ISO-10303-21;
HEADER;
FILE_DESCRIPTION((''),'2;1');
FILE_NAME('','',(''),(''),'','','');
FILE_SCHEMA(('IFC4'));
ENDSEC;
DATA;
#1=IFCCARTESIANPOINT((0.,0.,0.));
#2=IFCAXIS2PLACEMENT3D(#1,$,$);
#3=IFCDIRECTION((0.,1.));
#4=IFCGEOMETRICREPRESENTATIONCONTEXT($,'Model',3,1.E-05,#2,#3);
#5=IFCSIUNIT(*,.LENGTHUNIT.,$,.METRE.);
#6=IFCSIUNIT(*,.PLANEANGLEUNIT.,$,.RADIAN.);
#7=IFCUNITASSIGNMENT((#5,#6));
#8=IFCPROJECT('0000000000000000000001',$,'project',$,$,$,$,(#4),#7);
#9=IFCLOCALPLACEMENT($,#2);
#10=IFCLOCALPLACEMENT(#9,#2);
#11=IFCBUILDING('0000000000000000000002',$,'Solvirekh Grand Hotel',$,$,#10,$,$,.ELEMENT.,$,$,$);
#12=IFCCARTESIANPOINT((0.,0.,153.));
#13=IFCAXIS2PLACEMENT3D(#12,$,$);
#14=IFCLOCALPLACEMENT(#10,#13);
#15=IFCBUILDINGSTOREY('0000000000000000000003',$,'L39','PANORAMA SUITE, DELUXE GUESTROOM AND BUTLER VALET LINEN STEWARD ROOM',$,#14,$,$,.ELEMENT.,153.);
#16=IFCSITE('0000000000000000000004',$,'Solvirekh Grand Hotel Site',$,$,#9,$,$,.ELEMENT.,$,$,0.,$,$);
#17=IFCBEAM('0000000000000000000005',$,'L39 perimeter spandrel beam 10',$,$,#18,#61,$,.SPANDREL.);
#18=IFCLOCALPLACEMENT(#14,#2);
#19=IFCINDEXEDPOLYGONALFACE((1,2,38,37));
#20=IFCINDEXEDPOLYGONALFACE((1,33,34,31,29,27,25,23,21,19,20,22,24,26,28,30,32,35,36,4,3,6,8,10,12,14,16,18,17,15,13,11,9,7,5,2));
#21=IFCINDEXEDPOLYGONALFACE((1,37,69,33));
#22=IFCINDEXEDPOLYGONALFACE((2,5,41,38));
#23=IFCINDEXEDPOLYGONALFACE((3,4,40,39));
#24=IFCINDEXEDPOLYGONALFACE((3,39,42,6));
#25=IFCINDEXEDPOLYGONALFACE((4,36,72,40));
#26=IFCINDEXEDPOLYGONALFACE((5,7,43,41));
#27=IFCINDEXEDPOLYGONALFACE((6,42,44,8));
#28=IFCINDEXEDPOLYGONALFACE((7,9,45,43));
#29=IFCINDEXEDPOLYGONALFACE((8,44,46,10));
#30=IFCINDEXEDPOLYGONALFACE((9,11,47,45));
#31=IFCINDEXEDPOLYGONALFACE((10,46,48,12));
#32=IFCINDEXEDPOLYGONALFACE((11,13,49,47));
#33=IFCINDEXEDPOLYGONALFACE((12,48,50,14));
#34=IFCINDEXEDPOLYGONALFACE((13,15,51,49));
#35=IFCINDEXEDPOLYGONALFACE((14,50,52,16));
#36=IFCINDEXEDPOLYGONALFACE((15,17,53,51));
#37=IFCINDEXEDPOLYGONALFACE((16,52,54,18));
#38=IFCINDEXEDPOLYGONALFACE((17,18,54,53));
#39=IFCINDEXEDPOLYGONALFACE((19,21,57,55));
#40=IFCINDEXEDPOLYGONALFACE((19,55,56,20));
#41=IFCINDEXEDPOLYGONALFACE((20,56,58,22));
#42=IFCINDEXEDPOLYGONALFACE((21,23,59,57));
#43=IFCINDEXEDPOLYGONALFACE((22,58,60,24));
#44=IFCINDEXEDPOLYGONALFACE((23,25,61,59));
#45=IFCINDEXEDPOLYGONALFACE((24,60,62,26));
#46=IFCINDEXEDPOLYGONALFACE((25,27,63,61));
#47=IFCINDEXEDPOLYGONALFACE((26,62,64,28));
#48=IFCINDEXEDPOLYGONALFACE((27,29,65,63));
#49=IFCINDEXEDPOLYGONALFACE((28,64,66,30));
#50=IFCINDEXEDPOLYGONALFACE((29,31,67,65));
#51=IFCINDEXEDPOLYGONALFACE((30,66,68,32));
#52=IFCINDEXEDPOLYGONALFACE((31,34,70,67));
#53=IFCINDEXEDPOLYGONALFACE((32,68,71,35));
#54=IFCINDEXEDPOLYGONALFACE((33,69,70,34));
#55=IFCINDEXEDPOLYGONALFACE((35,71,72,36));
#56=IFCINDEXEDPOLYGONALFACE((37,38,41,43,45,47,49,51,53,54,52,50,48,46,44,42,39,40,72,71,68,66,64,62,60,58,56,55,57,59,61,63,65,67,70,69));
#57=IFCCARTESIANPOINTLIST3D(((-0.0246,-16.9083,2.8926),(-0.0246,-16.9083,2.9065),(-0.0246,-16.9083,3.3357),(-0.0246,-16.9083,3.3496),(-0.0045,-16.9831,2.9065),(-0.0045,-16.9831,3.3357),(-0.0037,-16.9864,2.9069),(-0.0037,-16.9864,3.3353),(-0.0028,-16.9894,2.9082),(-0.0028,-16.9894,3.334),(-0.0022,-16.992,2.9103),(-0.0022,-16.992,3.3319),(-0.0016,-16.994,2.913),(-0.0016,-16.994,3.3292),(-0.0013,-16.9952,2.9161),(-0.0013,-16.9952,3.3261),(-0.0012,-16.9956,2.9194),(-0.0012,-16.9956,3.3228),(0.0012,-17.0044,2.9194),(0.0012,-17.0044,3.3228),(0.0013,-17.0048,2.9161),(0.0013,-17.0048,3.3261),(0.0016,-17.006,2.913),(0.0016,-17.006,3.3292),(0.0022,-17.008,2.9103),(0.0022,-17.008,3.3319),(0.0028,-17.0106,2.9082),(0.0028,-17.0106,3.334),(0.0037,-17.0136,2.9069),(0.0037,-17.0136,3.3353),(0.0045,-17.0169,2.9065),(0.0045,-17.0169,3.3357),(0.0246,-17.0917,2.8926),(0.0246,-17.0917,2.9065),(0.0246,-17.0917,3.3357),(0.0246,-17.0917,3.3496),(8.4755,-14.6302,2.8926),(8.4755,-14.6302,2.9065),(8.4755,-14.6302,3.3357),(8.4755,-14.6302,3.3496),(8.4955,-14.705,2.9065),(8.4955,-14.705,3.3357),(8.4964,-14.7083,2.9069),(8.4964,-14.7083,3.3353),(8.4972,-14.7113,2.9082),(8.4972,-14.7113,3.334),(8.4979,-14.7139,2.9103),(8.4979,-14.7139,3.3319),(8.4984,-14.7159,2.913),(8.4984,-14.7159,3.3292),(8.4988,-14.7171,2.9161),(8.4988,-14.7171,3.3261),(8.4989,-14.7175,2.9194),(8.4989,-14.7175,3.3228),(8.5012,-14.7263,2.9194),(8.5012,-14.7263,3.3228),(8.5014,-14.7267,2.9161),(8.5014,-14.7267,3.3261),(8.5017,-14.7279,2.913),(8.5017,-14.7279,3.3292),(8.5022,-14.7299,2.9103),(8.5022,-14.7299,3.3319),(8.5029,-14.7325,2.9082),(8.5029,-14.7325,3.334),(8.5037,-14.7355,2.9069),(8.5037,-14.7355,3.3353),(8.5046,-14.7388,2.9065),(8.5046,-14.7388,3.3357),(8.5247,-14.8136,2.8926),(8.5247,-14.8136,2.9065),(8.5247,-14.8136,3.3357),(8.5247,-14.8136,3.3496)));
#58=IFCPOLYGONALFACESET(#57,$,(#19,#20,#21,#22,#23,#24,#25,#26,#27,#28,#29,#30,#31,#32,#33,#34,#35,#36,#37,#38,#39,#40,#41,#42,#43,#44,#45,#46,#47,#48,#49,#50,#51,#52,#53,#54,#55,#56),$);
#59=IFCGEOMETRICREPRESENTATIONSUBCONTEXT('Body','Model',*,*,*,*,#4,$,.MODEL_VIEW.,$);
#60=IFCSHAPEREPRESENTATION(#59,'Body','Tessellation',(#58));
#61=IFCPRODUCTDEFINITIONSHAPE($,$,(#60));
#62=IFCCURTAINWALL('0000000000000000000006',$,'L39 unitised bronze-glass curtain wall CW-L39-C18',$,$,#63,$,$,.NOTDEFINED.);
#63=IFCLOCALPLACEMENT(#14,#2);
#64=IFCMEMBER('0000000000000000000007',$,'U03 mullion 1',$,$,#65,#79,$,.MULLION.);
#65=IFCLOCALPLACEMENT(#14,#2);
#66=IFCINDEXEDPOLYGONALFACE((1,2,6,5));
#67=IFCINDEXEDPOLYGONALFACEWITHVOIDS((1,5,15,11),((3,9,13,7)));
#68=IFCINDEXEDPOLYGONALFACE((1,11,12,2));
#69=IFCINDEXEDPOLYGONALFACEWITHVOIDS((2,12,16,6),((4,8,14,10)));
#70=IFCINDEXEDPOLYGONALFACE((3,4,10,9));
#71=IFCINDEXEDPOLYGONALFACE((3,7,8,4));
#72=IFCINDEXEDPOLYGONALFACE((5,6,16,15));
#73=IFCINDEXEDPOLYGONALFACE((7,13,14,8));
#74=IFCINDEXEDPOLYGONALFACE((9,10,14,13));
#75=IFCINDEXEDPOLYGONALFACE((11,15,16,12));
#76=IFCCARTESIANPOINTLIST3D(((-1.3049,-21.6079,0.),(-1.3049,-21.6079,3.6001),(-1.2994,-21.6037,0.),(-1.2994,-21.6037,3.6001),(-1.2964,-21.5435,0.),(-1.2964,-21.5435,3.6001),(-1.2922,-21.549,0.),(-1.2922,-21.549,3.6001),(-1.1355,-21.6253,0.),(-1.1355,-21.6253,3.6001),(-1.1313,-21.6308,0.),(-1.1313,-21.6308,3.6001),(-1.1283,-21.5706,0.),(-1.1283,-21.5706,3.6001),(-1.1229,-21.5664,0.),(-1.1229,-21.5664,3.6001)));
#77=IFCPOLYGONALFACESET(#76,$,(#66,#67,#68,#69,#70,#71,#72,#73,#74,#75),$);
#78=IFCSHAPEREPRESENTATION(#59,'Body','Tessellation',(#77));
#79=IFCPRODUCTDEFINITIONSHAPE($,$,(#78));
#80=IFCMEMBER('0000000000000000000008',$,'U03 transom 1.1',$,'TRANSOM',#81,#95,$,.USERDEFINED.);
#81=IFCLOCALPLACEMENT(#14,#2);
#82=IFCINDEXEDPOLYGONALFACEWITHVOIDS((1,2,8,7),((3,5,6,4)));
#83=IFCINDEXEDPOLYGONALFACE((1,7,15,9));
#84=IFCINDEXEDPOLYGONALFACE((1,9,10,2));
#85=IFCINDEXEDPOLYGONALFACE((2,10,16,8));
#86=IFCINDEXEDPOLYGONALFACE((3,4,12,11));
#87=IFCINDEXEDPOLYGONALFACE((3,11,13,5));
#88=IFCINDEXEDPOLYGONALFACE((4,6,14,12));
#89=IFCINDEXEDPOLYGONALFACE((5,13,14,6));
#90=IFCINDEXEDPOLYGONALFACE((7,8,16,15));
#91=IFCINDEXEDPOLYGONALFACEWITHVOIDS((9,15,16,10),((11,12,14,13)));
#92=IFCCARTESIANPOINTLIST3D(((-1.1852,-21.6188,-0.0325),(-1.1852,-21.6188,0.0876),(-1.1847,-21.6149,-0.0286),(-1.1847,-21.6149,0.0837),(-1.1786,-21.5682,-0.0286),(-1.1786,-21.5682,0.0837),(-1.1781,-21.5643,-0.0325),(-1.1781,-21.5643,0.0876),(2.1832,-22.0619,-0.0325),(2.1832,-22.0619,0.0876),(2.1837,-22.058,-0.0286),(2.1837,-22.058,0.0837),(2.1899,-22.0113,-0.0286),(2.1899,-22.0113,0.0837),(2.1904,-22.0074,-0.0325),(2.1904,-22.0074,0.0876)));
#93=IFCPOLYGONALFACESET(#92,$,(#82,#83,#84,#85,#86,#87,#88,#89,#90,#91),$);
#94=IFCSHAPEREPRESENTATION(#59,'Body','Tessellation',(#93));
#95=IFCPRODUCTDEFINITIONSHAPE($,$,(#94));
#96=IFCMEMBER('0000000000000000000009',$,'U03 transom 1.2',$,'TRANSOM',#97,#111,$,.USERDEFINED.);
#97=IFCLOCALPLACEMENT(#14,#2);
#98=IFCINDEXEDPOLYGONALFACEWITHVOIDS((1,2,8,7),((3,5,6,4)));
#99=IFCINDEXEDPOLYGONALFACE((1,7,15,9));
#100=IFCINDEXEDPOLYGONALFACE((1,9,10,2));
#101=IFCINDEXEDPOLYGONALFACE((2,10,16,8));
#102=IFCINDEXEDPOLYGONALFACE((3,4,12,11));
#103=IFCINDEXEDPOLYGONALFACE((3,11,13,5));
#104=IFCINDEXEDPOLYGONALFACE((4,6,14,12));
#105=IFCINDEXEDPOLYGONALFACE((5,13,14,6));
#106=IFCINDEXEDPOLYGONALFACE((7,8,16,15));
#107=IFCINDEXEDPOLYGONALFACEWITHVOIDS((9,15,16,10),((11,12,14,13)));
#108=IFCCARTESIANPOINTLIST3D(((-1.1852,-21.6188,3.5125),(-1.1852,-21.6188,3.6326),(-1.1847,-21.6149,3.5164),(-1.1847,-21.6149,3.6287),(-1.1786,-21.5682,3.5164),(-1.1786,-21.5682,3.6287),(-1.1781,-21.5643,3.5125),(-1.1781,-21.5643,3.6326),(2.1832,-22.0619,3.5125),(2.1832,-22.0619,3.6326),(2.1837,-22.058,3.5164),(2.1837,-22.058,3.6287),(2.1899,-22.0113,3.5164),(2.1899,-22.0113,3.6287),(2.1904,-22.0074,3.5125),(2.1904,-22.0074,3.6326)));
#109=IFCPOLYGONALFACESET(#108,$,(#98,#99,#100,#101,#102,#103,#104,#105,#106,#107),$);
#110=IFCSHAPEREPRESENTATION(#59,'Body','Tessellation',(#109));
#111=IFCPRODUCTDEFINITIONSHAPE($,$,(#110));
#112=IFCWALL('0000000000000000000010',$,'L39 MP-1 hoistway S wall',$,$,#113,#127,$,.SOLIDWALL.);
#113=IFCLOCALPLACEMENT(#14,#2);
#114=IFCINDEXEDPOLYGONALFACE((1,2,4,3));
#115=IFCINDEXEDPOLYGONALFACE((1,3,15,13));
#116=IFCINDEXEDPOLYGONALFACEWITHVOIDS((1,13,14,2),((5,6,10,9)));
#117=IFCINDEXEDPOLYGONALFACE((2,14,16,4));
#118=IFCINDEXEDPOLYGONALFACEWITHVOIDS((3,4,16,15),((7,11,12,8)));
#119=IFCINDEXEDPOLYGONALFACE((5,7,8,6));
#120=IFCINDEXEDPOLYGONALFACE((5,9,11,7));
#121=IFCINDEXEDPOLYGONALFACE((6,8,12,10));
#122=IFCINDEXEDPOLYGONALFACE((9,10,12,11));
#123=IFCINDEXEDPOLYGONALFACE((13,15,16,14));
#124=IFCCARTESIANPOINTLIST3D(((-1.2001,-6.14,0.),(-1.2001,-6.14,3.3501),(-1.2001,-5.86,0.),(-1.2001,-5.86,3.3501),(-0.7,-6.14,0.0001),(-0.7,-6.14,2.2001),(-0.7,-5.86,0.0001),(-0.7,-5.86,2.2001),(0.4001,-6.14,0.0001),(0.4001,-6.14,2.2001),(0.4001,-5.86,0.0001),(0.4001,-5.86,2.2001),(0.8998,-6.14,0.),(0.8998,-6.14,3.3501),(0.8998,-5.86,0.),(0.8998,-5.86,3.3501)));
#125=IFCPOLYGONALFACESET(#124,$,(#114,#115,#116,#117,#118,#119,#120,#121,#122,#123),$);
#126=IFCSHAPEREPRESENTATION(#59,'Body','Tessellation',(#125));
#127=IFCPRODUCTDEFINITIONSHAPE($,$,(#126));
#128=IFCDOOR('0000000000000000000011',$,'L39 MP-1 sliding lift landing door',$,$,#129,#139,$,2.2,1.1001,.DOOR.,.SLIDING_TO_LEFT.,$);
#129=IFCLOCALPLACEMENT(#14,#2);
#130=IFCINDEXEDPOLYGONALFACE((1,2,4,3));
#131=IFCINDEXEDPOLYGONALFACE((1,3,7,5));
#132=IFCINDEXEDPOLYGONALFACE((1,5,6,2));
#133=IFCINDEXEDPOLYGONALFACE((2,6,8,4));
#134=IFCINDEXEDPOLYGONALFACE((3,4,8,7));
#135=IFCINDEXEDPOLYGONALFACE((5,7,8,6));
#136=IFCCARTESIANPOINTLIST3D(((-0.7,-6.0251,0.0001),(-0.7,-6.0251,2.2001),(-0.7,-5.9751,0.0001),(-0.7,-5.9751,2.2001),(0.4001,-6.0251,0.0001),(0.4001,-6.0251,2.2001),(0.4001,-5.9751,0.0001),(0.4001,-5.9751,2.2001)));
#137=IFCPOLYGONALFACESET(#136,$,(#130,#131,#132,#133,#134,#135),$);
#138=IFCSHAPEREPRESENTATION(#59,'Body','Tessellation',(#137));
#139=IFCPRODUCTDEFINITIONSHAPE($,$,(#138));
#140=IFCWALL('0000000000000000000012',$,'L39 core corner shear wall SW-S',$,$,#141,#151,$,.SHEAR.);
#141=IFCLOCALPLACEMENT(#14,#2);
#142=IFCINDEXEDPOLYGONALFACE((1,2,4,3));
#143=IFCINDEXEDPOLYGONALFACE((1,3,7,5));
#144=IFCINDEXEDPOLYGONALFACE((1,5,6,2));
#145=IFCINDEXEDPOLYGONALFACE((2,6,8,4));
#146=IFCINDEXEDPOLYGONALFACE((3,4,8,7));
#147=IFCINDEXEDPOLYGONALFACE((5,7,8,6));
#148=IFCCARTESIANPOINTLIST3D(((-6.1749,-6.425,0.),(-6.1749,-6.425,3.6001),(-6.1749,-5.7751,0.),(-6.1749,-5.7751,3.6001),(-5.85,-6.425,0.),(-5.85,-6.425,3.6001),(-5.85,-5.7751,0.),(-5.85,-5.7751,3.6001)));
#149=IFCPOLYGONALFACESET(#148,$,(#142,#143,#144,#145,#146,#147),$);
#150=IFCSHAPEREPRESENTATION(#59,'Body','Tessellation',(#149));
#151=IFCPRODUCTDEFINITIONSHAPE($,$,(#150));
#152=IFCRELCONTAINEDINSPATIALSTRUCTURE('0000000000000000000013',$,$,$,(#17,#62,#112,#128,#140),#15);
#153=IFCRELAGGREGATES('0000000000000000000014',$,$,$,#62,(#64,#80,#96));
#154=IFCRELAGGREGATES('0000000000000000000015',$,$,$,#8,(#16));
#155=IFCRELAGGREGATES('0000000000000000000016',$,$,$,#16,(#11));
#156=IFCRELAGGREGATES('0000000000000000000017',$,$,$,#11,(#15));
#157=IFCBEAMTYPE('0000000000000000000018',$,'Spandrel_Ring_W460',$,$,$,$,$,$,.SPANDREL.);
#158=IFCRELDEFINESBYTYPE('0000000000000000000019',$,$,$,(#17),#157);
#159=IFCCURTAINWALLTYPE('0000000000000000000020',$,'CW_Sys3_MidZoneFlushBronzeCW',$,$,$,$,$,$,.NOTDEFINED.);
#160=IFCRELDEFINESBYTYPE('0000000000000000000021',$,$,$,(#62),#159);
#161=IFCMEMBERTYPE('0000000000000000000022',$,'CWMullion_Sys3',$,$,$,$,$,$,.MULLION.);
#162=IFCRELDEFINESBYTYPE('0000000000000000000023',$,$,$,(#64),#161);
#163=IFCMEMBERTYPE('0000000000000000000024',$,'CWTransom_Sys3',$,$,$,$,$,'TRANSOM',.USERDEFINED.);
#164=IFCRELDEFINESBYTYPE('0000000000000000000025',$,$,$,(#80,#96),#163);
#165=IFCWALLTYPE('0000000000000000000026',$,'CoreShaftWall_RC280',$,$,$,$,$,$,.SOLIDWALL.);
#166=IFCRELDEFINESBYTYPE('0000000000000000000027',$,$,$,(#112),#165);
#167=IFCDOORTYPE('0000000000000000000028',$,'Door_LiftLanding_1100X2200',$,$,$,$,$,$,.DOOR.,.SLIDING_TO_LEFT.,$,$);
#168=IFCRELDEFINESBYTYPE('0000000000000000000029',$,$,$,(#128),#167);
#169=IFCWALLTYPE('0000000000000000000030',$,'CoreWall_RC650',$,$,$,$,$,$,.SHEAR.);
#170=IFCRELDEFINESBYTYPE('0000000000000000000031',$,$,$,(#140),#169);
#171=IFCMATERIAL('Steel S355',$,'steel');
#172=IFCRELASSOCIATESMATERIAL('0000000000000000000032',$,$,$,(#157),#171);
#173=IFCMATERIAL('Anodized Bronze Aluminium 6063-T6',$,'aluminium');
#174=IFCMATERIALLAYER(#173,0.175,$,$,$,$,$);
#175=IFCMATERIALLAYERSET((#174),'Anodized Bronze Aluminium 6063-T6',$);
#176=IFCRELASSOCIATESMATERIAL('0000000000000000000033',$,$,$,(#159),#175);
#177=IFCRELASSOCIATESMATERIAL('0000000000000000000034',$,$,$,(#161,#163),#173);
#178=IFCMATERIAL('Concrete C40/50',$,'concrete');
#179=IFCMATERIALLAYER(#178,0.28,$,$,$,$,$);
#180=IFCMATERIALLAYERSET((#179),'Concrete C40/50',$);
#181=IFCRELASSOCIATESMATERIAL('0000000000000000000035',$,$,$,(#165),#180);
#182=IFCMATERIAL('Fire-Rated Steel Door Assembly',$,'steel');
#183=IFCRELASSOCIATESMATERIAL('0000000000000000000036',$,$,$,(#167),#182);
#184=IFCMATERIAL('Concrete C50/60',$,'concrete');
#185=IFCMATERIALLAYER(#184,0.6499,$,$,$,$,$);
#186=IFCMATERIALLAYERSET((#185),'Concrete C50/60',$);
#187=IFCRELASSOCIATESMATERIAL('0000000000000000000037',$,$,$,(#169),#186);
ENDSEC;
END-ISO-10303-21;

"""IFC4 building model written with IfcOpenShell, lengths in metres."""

from ifc_helpers import new_model, si_unit, direction, frame, frame_2d, origin, origin_2d, place, context, subcontext, project, spatial, rectangle, hollow_rectangle, i_section, extrude, source, transform, mapped, material, layer, layer_set, material_profile, profile_set, type_object, element, fill, aggregate, save


model = new_model("IFC4")

# Units and contexts
model_context = context("Model", 3, precision=1e-05, world=origin(), true_north=direction((0.0, 1.0)))
body_context = subcontext(model_context, "Body", "Model", "MODEL_VIEW")
ifc_project = project(units=[si_unit("LENGTHUNIT", "METRE"), si_unit("PLANEANGLEUNIT", "RADIAN")], contexts=[model_context])

# Site, building, storey
site_placement = place(None, origin())
site = spatial("IfcSite", under=ifc_project, at=site_placement, Name="Solvirekh Grand Hotel Site", CompositionType="ELEMENT", RefElevation=0.0)
building_placement = place(site_placement, origin())
building = spatial("IfcBuilding", under=site, at=building_placement, Name="Solvirekh Grand Hotel", CompositionType="ELEMENT")
storey_placement = place(building_placement, frame((0.0, 0.0, 153.0)))
storey = spatial("IfcBuildingStorey", under=building, at=storey_placement, Name="L39", Description="PANORAMA SUITE, DELUXE GUESTROOM AND BUTLER VALET LINEN STEWARD ROOM", CompositionType="ELEMENT", Elevation=153.0)

# Shared definitions
ifc_material_1 = material(Name="Concrete C50/60", Category="concrete")

# Beam
ifc_material_2 = material(Name="Steel S355", Category="steel")
ifc_material_profile_1 = material_profile(ifc_material_2, i_section(OverallWidth=0.1899, OverallDepth=0.457, WebThickness=0.009, FlangeThickness=0.0139, FilletRadius=0.0129, at=origin_2d()), Name="W460X74")
ifc_profile_set_1 = profile_set([ifc_material_profile_1], Name="Steel S355")
beam_type_1 = type_object("IfcBeamType", Name="Spandrel_Ring_W460", PredefinedType="SPANDREL", material=ifc_profile_set_1)
beam_1_placement = place(storey_placement, frame((0.0, -17.0, 3.1211), z_axis=(0.965911, 0.258873, 0.0), x_axis=(-0.258873, 0.965911, 0.0)))
element("IfcBeam", 1, at=beam_1_placement, inside=storey, type_object=beam_type_1, Name="L39 perimeter spandrel beam 10", PredefinedType="SPANDREL", context=body_context, shape_type="SweptSolid", body=[
    extrude(i_section(OverallWidth=0.1899, OverallDepth=0.457, WebThickness=0.009, FlangeThickness=0.0139, FilletRadius=0.0129, at=origin_2d()), origin(), (0.0, 0.0, 1.0), 8.8),
])

# Curtain wall, members
ifc_material_3 = material(Name="Anodized Bronze Aluminium 6063-T6", Category="aluminium")
ifc_layer_1 = layer(ifc_material_3, 0.175)
ifc_layer_set_1 = layer_set([ifc_layer_1], Name="Anodized Bronze Aluminium 6063-T6")
curtain_wall_type = type_object("IfcCurtainWallType", Name="CW_Sys3_MidZoneFlushBronzeCW", PredefinedType="NOTDEFINED", material=ifc_layer_set_1)
curtain_wall_placement = place(storey_placement, origin())
curtain_wall = element("IfcCurtainWall", 2, at=curtain_wall_placement, inside=storey, type_object=curtain_wall_type, Name="L39 unitised bronze-glass curtain wall CW-L39-C18", PredefinedType="NOTDEFINED")
ifc_material_profile_2 = material_profile(ifc_material_3, hollow_rectangle(XDim=0.0649, YDim=0.175, WallThickness=0.0049, at=origin_2d()), Name="ALU RHS 175X65X5")
ifc_profile_set_2 = profile_set([ifc_material_profile_2], Name="Anodized Bronze Aluminium 6063-T6")
member_type_1 = type_object("IfcMemberType", Name="CWMullion_Sys3", PredefinedType="MULLION", material=ifc_profile_set_2)
shared_shape_1 = source(origin(), body_context, "Body", "SweptSolid", [
    extrude(hollow_rectangle(XDim=0.0649, YDim=0.175, WallThickness=0.0049, at=origin_2d()), origin(), (0.0, 0.0, 1.0), 3.6001),
])
member_1_placement = place(storey_placement, frame((-1.2139, -21.5872, 0.0), z_axis=(0.0, 0.0, 1.0), x_axis=(0.130477, 0.991451, 0.0)))
member_1 = element("IfcMember", 3, at=member_1_placement, type_object=member_type_1, Name="U03 mullion 1", PredefinedType="MULLION", context=body_context, shape_type="MappedRepresentation", body=[
    mapped(shared_shape_1, transform((0.0, 0.0, 0.0), x_axis=(1.0, 0.0, 0.0), y_axis=(0.0, 1.0, 0.0), z_axis=(0.0, 0.0, 1.0), scale=1.0)),
])
ifc_material_profile_3 = material_profile(ifc_material_3, hollow_rectangle(XDim=0.0549, YDim=0.1201, WallThickness=0.0039, at=origin_2d()), Name="ALU RHS 120X55X4")
ifc_profile_set_3 = profile_set([ifc_material_profile_3], Name="Anodized Bronze Aluminium 6063-T6")
member_type_2 = type_object("IfcMemberType", Name="CWTransom_Sys3", ElementType="TRANSOM", PredefinedType="USERDEFINED", material=ifc_profile_set_3)
shared_shape_2 = source(origin(), body_context, "Body", "SweptSolid", [
    extrude(hollow_rectangle(XDim=0.0549, YDim=0.1201, WallThickness=0.0039, at=origin_2d()), origin(), (0.0, 0.0, 1.0), 3.3975),
])
member_2_placement = place(storey_placement, frame((-1.1816, -21.5916, 0.0276), z_axis=(0.991458, -0.130427, 0.0), x_axis=(0.130427, 0.991458, 0.0)))
member_2 = element("IfcMember", 4, at=member_2_placement, type_object=member_type_2, Name="U03 transom 1.1", ObjectType="TRANSOM", PredefinedType="USERDEFINED", context=body_context, shape_type="MappedRepresentation", body=[
    mapped(shared_shape_2, transform((0.0, 0.0, 0.0), x_axis=(1.0, 0.0, 0.0), y_axis=(0.0, 1.0, 0.0), z_axis=(0.0, 0.0, 1.0), scale=1.0)),
])
member_3_placement = place(storey_placement, frame((-1.1816, -21.5916, 3.5725), z_axis=(0.991458, -0.130427, 0.0), x_axis=(0.130427, 0.991458, 0.0)))
member_3 = element("IfcMember", 5, at=member_3_placement, type_object=member_type_2, Name="U03 transom 1.2", ObjectType="TRANSOM", PredefinedType="USERDEFINED", context=body_context, shape_type="MappedRepresentation", body=[
    mapped(shared_shape_2, transform((0.0, 0.0, 0.0), x_axis=(1.0, 0.0, 0.0), y_axis=(0.0, 1.0, 0.0), z_axis=(0.0, 0.0, 1.0), scale=1.0)),
])
aggregate(curtain_wall, [member_1, member_2, member_3])

# Wall, opening, door
ifc_material_4 = material(Name="Concrete C40/50", Category="concrete")
ifc_layer_2 = layer(ifc_material_4, 0.28)
ifc_layer_set_2 = layer_set([ifc_layer_2], Name="Concrete C40/50")
wall_type_1 = type_object("IfcWallType", Name="CoreShaftWall_RC280", PredefinedType="SOLIDWALL", material=ifc_layer_set_2)
wall_1_placement = place(storey_placement, frame((-1.2, -6.0, 0.0), z_axis=(0.0, 0.0, 1.0), x_axis=(1.0, 0.0, 0.0)))
wall_1 = element("IfcWall", 6, at=wall_1_placement, inside=storey, type_object=wall_type_1, Name="L39 MP-1 hoistway S wall", PredefinedType="SOLIDWALL", context=body_context, shape_type="SweptSolid", body=[
    extrude(rectangle(XDim=2.0999, YDim=0.28, at=frame_2d((1.0498, 0.0))), origin(), (0.0, 0.0, 1.0), 3.3501),
])
opening_1_placement = place(wall_1_placement, frame((0.5, 0.0, 0.0)))
opening_1 = element("IfcOpeningElement", 7, at=opening_1_placement, cuts=wall_1, PredefinedType="OPENING", context=body_context, shape_type="SweptSolid", body=[
    extrude(rectangle(XDim=1.1001, YDim=2.2, at=frame_2d((0.55, 1.1001))), frame((0.0, 0.1499, 0.0), z_axis=(0.0, -1.0, 0.0), x_axis=(1.0, 0.0, 0.0)), (0.0, 0.0, 1.0), 0.3),
])
ifc_material_5 = material(Name="Fire-Rated Steel Door Assembly", Category="steel")
door_type_1 = type_object("IfcDoorType", Name="Door_LiftLanding_1100X2200", OperationType="SLIDING_TO_LEFT", PredefinedType="DOOR", material=ifc_material_5)
door_1_placement = place(opening_1_placement, origin())
door_1 = element("IfcDoor", 8, at=door_1_placement, inside=storey, type_object=door_type_1, Name="L39 MP-1 sliding lift landing door", OperationType="SLIDING_TO_LEFT", OverallHeight=2.2, OverallWidth=1.1001, PredefinedType="DOOR", context=body_context, shape_type="SweptSolid", body=[
    extrude(rectangle(XDim=1.1001, YDim=2.2, at=frame_2d((0.55, 1.1001))), frame((0.0, 0.0249, 0.0), z_axis=(0.0, -1.0, 0.0), x_axis=(1.0, 0.0, 0.0)), (0.0, 0.0, 1.0), 0.05),
])
fill(opening_1, door_1)

# Wall
ifc_layer_3 = layer(ifc_material_1, 0.6499)
ifc_layer_set_3 = layer_set([ifc_layer_3], Name="Concrete C50/60")
wall_type_2 = type_object("IfcWallType", Name="CoreWall_RC650", PredefinedType="SHEAR", material=ifc_layer_set_3)
wall_2_placement = place(storey_placement, frame((-6.175, -6.1001, 0.0), z_axis=(0.0, 0.0, 1.0), x_axis=(1.0, 0.0, 0.0)))
element("IfcWall", 9, at=wall_2_placement, inside=storey, type_object=wall_type_2, Name="L39 core corner shear wall SW-S", PredefinedType="SHEAR", context=body_context, shape_type="SweptSolid", body=[
    extrude(rectangle(XDim=0.325, YDim=0.6499, at=frame_2d((0.1626, 0.0))), origin(), (0.0, 0.0, 1.0), 3.6001),
])

save(model, "model.ifc")
